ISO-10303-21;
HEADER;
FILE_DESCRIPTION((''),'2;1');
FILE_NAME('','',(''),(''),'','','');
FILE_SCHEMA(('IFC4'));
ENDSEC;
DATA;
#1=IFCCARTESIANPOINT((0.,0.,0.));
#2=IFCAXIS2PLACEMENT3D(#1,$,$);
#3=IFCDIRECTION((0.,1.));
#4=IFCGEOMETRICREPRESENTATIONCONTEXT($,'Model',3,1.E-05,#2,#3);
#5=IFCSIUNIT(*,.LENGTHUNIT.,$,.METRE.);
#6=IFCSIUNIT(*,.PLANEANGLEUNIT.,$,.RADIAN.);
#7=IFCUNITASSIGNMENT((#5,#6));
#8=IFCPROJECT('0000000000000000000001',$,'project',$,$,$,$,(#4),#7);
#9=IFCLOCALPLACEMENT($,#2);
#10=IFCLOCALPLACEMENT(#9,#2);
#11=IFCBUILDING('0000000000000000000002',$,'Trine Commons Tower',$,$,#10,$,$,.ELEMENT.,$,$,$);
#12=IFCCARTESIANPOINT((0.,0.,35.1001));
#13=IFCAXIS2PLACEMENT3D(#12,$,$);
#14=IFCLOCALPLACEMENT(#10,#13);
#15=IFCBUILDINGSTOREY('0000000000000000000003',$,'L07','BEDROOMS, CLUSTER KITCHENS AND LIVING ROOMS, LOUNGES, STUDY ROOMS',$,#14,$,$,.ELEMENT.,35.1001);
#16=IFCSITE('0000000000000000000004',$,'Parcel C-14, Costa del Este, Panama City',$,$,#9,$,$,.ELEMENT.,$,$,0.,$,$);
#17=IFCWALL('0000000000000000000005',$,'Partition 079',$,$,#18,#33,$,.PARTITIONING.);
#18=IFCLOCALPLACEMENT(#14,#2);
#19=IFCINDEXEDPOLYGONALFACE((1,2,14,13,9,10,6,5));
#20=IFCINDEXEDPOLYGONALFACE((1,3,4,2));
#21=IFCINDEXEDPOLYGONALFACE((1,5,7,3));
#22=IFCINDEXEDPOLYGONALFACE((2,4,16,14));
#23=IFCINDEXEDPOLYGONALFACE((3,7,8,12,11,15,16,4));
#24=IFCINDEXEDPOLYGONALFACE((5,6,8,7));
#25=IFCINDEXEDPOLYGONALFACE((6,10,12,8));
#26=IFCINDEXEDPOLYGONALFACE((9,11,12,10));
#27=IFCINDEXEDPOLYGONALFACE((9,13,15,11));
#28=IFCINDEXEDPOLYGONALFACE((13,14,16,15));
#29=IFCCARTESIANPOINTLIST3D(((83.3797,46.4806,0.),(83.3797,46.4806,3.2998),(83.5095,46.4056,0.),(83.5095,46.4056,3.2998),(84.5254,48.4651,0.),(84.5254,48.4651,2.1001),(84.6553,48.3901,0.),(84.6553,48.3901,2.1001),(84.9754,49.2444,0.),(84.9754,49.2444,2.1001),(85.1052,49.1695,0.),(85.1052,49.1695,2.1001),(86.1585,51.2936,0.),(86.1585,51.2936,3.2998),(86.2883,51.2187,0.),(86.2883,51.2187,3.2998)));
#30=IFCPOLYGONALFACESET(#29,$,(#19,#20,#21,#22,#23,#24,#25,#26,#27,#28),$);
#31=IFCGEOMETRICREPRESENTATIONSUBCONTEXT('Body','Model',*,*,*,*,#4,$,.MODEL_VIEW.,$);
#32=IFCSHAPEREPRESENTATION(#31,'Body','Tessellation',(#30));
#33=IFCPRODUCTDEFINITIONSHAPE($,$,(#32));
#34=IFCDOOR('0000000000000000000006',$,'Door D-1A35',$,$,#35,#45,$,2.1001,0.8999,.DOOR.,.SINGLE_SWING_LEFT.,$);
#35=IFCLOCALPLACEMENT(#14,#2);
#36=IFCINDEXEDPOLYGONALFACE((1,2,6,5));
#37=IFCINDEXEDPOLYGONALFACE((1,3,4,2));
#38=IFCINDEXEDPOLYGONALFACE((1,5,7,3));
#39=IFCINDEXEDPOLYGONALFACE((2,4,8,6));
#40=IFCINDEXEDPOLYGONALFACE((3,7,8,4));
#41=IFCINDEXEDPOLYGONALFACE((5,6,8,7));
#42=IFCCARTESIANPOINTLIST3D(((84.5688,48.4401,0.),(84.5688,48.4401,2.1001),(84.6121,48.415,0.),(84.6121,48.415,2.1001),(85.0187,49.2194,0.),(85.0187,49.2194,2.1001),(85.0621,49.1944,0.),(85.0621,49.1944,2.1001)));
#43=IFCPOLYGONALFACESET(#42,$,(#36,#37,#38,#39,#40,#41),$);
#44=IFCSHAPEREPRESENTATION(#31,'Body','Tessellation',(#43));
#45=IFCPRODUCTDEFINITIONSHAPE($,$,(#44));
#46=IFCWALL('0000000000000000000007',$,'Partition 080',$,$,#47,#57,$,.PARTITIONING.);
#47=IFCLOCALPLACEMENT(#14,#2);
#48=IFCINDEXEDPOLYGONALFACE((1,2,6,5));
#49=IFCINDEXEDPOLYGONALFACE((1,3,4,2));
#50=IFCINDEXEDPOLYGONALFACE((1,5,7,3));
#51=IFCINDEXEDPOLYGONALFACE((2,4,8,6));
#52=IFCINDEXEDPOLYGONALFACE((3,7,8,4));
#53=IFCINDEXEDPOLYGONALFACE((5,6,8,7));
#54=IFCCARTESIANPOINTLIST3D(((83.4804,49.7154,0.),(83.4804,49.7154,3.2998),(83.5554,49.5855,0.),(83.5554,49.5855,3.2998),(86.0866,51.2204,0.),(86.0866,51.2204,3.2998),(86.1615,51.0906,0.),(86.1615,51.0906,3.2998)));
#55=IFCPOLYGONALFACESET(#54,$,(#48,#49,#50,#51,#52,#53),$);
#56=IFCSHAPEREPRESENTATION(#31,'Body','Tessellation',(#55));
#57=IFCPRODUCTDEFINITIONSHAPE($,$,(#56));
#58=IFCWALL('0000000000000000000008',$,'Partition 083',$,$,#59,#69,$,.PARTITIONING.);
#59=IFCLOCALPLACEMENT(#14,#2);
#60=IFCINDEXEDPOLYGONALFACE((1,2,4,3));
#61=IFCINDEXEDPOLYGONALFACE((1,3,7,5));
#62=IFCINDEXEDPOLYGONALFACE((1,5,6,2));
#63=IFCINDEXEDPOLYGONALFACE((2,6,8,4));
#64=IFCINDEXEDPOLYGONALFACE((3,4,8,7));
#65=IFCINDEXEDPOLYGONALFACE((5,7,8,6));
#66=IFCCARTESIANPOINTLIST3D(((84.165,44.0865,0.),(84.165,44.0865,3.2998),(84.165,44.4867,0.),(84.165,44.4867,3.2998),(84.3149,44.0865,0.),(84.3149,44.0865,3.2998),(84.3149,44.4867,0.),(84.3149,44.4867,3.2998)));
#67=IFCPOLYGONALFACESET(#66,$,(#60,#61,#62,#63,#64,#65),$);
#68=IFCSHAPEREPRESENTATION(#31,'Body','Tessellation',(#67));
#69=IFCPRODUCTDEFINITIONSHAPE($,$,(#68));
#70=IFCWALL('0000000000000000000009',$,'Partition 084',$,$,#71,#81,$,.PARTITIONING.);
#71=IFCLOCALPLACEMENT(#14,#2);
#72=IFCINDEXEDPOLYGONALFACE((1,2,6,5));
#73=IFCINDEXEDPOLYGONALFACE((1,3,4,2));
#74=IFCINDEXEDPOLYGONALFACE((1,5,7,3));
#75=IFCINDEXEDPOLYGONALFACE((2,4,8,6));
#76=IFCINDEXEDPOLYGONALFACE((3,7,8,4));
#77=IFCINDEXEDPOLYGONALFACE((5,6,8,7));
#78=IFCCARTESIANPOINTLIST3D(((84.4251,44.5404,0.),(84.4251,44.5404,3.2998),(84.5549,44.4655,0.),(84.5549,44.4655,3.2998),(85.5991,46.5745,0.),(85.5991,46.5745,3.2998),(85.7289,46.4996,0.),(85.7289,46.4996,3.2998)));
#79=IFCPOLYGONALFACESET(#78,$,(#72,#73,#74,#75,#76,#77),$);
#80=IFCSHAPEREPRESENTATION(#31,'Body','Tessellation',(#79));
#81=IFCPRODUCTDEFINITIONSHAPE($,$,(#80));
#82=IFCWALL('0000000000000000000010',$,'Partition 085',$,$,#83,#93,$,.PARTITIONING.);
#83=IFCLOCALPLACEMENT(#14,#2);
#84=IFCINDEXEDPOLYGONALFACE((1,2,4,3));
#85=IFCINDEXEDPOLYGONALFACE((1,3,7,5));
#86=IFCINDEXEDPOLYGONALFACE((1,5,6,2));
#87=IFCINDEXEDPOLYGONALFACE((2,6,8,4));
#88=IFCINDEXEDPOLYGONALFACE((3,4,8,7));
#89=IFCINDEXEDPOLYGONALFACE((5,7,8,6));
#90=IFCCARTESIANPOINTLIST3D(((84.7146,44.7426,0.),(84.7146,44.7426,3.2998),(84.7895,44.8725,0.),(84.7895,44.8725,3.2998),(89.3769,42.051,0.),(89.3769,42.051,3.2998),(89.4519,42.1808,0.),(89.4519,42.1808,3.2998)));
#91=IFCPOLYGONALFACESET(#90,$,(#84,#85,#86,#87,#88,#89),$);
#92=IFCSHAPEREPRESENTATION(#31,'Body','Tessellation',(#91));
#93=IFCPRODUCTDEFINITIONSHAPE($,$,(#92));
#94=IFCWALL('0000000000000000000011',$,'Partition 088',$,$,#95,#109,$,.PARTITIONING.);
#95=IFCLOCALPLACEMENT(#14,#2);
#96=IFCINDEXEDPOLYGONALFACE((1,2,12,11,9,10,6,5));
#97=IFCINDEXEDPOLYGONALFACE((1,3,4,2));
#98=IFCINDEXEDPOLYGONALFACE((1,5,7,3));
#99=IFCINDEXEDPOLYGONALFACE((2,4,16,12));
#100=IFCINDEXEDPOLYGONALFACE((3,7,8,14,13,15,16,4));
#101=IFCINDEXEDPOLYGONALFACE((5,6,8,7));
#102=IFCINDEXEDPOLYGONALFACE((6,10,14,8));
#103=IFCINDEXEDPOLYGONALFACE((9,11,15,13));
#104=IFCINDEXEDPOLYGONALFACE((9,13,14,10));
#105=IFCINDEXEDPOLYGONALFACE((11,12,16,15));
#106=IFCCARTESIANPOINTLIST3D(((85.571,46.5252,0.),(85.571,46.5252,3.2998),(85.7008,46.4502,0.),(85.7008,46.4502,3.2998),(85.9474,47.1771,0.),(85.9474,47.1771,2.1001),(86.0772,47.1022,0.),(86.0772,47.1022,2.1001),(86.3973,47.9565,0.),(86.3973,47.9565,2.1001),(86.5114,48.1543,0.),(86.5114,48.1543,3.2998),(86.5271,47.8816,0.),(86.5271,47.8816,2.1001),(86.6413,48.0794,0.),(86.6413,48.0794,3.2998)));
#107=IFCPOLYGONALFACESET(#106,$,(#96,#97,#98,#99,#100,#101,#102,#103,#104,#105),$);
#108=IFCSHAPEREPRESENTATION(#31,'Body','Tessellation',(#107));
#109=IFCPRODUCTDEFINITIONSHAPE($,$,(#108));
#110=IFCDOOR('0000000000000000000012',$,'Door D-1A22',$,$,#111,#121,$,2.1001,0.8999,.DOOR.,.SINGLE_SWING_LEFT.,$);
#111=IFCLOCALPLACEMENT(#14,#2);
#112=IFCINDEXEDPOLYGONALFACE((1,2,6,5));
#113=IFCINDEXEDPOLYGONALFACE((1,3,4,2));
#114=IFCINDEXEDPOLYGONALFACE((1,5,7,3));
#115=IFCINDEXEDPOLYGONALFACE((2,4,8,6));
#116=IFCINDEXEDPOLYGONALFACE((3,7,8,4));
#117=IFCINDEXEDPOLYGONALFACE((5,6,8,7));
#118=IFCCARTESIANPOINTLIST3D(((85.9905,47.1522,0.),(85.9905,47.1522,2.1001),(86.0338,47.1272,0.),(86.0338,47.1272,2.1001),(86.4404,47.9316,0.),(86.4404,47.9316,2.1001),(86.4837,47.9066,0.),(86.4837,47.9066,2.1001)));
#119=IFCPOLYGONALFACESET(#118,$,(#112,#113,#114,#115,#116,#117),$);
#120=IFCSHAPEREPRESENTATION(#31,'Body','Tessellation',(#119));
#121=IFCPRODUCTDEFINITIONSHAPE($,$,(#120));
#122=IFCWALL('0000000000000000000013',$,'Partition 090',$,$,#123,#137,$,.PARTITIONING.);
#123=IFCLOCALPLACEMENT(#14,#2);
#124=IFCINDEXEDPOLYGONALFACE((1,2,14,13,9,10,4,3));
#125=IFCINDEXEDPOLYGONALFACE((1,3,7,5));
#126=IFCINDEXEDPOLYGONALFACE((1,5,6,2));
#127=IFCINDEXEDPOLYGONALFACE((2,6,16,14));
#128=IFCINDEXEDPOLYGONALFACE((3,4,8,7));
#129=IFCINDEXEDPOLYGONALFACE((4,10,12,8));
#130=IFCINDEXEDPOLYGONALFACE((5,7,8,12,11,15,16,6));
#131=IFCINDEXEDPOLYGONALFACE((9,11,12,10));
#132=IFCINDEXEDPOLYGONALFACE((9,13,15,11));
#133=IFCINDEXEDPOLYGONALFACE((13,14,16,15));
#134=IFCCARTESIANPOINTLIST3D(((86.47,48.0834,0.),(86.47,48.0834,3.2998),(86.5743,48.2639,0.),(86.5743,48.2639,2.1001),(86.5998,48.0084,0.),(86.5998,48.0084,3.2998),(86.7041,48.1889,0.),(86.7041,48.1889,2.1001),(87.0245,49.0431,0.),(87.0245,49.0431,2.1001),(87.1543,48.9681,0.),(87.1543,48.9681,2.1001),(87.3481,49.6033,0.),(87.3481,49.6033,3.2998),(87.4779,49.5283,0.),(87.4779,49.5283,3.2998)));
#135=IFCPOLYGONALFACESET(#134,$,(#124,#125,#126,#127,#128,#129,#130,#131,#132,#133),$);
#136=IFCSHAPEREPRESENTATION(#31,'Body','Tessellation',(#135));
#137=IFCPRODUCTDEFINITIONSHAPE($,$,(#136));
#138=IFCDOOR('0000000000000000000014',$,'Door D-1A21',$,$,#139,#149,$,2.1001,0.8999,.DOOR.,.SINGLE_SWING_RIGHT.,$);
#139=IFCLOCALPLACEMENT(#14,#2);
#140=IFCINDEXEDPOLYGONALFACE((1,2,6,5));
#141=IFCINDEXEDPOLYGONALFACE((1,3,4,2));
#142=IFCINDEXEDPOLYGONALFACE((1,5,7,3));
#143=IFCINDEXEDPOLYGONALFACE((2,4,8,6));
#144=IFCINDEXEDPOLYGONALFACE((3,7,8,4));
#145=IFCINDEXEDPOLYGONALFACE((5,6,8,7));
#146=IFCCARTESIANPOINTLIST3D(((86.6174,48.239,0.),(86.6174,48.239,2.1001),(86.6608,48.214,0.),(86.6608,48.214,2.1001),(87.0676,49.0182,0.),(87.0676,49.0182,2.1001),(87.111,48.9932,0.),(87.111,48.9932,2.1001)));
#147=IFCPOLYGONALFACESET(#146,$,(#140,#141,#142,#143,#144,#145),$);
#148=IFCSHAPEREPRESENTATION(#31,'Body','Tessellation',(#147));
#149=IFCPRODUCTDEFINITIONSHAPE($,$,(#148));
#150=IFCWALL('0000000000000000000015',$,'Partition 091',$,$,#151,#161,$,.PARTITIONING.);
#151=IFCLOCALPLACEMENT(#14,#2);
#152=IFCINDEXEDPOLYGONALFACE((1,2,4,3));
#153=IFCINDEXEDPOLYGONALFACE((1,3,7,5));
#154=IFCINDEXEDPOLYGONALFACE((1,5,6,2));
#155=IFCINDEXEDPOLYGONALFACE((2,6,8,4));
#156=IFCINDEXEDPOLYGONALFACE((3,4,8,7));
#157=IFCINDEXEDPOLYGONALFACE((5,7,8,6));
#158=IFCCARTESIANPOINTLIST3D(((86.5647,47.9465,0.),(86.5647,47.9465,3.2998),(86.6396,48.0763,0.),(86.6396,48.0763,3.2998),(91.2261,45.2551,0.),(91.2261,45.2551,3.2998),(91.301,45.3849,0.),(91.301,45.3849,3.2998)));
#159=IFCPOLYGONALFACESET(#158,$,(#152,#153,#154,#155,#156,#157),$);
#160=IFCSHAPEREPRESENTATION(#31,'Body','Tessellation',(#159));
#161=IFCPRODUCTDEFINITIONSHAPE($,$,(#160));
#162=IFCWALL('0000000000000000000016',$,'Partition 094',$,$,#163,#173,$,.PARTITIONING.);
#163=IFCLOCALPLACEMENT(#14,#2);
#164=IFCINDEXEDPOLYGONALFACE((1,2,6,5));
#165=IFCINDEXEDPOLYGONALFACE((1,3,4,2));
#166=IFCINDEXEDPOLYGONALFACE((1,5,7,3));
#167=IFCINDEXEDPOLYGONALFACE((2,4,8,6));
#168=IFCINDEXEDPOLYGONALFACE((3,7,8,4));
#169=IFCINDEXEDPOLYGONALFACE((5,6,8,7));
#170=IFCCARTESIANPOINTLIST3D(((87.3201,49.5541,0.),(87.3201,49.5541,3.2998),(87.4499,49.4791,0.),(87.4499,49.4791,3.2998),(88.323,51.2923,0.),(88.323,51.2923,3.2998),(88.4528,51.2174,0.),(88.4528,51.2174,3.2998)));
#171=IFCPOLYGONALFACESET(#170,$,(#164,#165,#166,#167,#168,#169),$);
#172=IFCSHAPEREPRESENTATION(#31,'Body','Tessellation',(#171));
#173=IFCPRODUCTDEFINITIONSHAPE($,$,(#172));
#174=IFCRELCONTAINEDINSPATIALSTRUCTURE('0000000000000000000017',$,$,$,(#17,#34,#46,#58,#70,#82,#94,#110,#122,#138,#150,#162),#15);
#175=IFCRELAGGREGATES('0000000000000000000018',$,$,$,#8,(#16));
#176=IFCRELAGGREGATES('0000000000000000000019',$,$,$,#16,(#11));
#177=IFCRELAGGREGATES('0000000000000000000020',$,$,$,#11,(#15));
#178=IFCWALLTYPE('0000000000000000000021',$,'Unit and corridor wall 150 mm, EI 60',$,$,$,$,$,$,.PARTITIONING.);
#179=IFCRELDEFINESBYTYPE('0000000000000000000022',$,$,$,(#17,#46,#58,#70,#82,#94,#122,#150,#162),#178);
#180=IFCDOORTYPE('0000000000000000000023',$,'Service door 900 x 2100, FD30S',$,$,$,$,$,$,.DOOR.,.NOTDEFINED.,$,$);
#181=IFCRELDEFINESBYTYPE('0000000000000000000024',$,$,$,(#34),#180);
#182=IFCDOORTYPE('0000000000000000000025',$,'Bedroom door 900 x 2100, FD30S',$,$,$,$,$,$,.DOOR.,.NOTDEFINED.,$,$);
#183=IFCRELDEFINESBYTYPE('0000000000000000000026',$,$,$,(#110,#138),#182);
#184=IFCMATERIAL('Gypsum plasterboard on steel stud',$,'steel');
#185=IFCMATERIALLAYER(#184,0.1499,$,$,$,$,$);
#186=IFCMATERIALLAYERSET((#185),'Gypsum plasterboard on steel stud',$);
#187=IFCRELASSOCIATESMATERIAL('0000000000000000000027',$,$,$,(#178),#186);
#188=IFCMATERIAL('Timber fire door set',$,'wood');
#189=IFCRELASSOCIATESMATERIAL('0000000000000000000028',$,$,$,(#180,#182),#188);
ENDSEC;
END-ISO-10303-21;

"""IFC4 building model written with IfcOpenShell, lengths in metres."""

from ifc_helpers import new_model, si_unit, direction, frame, frame_2d, origin, place, context, subcontext, project, spatial, rectangle, extrude, material, layer, layer_set, type_object, element, fill, save


model = new_model("IFC4")

# Units and contexts
model_context = context("Model", 3, precision=1e-05, world=origin(), true_north=direction((0.0, 1.0)))
body_context = subcontext(model_context, "Body", "Model", "MODEL_VIEW")
ifc_project = project(units=[si_unit("LENGTHUNIT", "METRE"), si_unit("PLANEANGLEUNIT", "RADIAN")], contexts=[model_context])

# Site, building, storey
site_placement = place(None, origin())
site = spatial("IfcSite", under=ifc_project, at=site_placement, Name="Parcel C-14, Costa del Este, Panama City", CompositionType="ELEMENT", RefElevation=0.0)
building_placement = place(site_placement, origin())
building = spatial("IfcBuilding", under=site, at=building_placement, Name="Trine Commons Tower", CompositionType="ELEMENT")
storey_placement = place(building_placement, frame((0.0, 0.0, 35.1001)))
storey = spatial("IfcBuildingStorey", under=building, at=storey_placement, Name="L07", Description="BEDROOMS, CLUSTER KITCHENS AND LIVING ROOMS, LOUNGES, STUDY ROOMS", CompositionType="ELEMENT", Elevation=35.1001)

# Shared definitions
ifc_material_1 = material(Name="Gypsum plasterboard on steel stud", Category="steel")
ifc_layer_1 = layer(ifc_material_1, 0.1499)
ifc_layer_set_1 = layer_set([ifc_layer_1], Name="Gypsum plasterboard on steel stud")
wall_type_1 = type_object("IfcWallType", Name="Unit and corridor wall 150 mm, EI 60", PredefinedType="PARTITIONING", material=ifc_layer_set_1)

# Wall, opening, door
wall_1_placement = place(storey_placement, frame((83.4446, 46.4431, 0.0), z_axis=(0.0, 0.0, 1.0), x_axis=(0.500004, 0.866023, 0.0)))
wall_1 = element("IfcWall", 1, at=wall_1_placement, inside=storey, type_object=wall_type_1, Name="Partition 079", PredefinedType="PARTITIONING", context=body_context, shape_type="SweptSolid", body=[
    extrude(rectangle(XDim=5.5576, YDim=0.1499, at=frame_2d((2.7788, 0.0))), origin(), (0.0, 0.0, 1.0), 3.2998),
])
opening_1_placement = place(wall_1_placement, frame((2.2915, 0.0, 0.0)))
opening_1 = element("IfcOpeningElement", 2, at=opening_1_placement, cuts=wall_1, PredefinedType="OPENING", context=body_context, shape_type="SweptSolid", body=[
    extrude(rectangle(XDim=0.8999, YDim=2.1001, at=frame_2d((0.45, 1.05))), frame((0.0, 0.085, 0.0), z_axis=(0.0, -1.0, 0.0), x_axis=(1.0, 0.0, 0.0)), (0.0, 0.0, 1.0), 0.1699),
])
ifc_material_2 = material(Name="Timber fire door set", Category="wood")
door_type_1 = type_object("IfcDoorType", Name="Service door 900 x 2100, FD30S", OperationType="NOTDEFINED", PredefinedType="DOOR", material=ifc_material_2)
door_1_placement = place(opening_1_placement, origin())
door_1 = element("IfcDoor", 3, at=door_1_placement, inside=storey, type_object=door_type_1, Name="Door D-1A35", OperationType="SINGLE_SWING_LEFT", OverallHeight=2.1001, OverallWidth=0.8999, PredefinedType="DOOR", context=body_context, shape_type="SweptSolid", body=[
    extrude(rectangle(XDim=0.8999, YDim=2.1001, at=frame_2d((0.45, 1.05))), frame((0.0, 0.0249, 0.0), z_axis=(0.0, -1.0, 0.0), x_axis=(1.0, 0.0, 0.0)), (0.0, 0.0, 1.0), 0.05),
])
fill(opening_1, door_1)

# Walls
wall_2_placement = place(storey_placement, frame((83.5178, 49.6504, 0.0), z_axis=(0.0, 0.0, 1.0), x_axis=(0.865963, 0.500109, 0.0)))
element("IfcWall", 4, at=wall_2_placement, inside=storey, type_object=wall_type_1, Name="Partition 080", PredefinedType="PARTITIONING", context=body_context, shape_type="SweptSolid", body=[
    extrude(rectangle(XDim=3.0095, YDim=0.1499, at=frame_2d((1.5049, 0.0))), origin(), (0.0, 0.0, 1.0), 3.2998),
])
wall_3_placement = place(storey_placement, frame((84.24, 44.0864, 0.0), z_axis=(0.0, 0.0, 1.0), x_axis=(0.0, 1.0, 0.0)))
element("IfcWall", 5, at=wall_3_placement, inside=storey, type_object=wall_type_1, Name="Partition 083", PredefinedType="PARTITIONING", context=body_context, shape_type="SweptSolid", body=[
    extrude(rectangle(XDim=0.4001, YDim=0.1499, at=frame_2d((0.2002, 0.0))), origin(), (0.0, 0.0, 1.0), 3.2998),
])
wall_4_placement = place(storey_placement, frame((84.49, 44.5029, 0.0), z_axis=(0.0, 0.0, 1.0), x_axis=(0.499884, 0.866092, 0.0)))
element("IfcWall", 6, at=wall_4_placement, inside=storey, type_object=wall_type_1, Name="Partition 084", PredefinedType="PARTITIONING", context=body_context, shape_type="SweptSolid", body=[
    extrude(rectangle(XDim=2.3486, YDim=0.1499, at=frame_2d((1.1743, 0.0))), origin(), (0.0, 0.0, 1.0), 3.2998),
])
wall_5_placement = place(storey_placement, frame((84.752, 44.8076, 0.0), z_axis=(0.0, 0.0, 1.0), x_axis=(0.866038, -0.499978, 0.0)))
element("IfcWall", 7, at=wall_5_placement, inside=storey, type_object=wall_type_1, Name="Partition 085", PredefinedType="PARTITIONING", context=body_context, shape_type="SweptSolid", body=[
    extrude(rectangle(XDim=5.3835, YDim=0.1499, at=frame_2d((2.6919, 0.0))), origin(), (0.0, 0.0, 1.0), 3.2998),
])

# Walls, openings, doors
wall_6_placement = place(storey_placement, frame((85.636, 46.4878, 0.0), z_axis=(0.0, 0.0, 1.0), x_axis=(0.499936, 0.866062, 0.0)))
wall_6 = element("IfcWall", 8, at=wall_6_placement, inside=storey, type_object=wall_type_1, Name="Partition 088", PredefinedType="PARTITIONING", context=body_context, shape_type="SweptSolid", body=[
    extrude(rectangle(XDim=1.8811, YDim=0.1499, at=frame_2d((0.9404, 0.0))), origin(), (0.0, 0.0, 1.0), 3.2998),
])
opening_2_placement = place(wall_6_placement, frame((0.7527, 0.0, 0.0)))
opening_2 = element("IfcOpeningElement", 9, at=opening_2_placement, cuts=wall_6, PredefinedType="OPENING", context=body_context, shape_type="SweptSolid", body=[
    extrude(rectangle(XDim=0.8999, YDim=2.1001, at=frame_2d((0.45, 1.05))), frame((0.0, 0.085, 0.0), z_axis=(0.0, -1.0, 0.0), x_axis=(1.0, 0.0, 0.0)), (0.0, 0.0, 1.0), 0.1699),
])
door_type_2 = type_object("IfcDoorType", Name="Bedroom door 900 x 2100, FD30S", OperationType="NOTDEFINED", PredefinedType="DOOR", material=ifc_material_2)
door_2_placement = place(opening_2_placement, frame((0.8999, 0.0, 0.0), z_axis=(0.0, 0.0, 1.0), x_axis=(-1.0, 0.0, 0.0)))
door_2 = element("IfcDoor", 10, at=door_2_placement, inside=storey, type_object=door_type_2, Name="Door D-1A22", OperationType="SINGLE_SWING_LEFT", OverallHeight=2.1001, OverallWidth=0.8999, PredefinedType="DOOR", context=body_context, shape_type="SweptSolid", body=[
    extrude(rectangle(XDim=0.8999, YDim=2.1001, at=frame_2d((0.45, 1.05))), frame((0.0, 0.0249, 0.0), z_axis=(0.0, -1.0, 0.0), x_axis=(1.0, 0.0, 0.0)), (0.0, 0.0, 1.0), 0.05),
])
fill(opening_2, door_2)
wall_7_placement = place(storey_placement, frame((86.5349, 48.0459, 0.0), z_axis=(0.0, 0.0, 1.0), x_axis=(0.500252, 0.86588, 0.0)))
wall_7 = element("IfcWall", 11, at=wall_7_placement, inside=storey, type_object=wall_type_1, Name="Partition 090", PredefinedType="PARTITIONING", context=body_context, shape_type="SweptSolid", body=[
    extrude(rectangle(XDim=1.7554, YDim=0.1499, at=frame_2d((0.8777, 0.0))), origin(), (0.0, 0.0, 1.0), 3.2998),
])
opening_3_placement = place(wall_7_placement, frame((0.2085, 0.0, 0.0)))
opening_3 = element("IfcOpeningElement", 12, at=opening_3_placement, cuts=wall_7, PredefinedType="OPENING", context=body_context, shape_type="SweptSolid", body=[
    extrude(rectangle(XDim=0.8999, YDim=2.1001, at=frame_2d((0.45, 1.05))), frame((0.0, 0.085, 0.0), z_axis=(0.0, -1.0, 0.0), x_axis=(1.0, 0.0, 0.0)), (0.0, 0.0, 1.0), 0.1699),
])
door_3_placement = place(opening_3_placement, frame((0.8999, 0.0, 0.0), z_axis=(0.0, 0.0, 1.0), x_axis=(-1.0, 0.0, 0.0)))
door_3 = element("IfcDoor", 13, at=door_3_placement, inside=storey, type_object=door_type_2, Name="Door D-1A21", OperationType="SINGLE_SWING_RIGHT", OverallHeight=2.1001, OverallWidth=0.8999, PredefinedType="DOOR", context=body_context, shape_type="SweptSolid", body=[
    extrude(rectangle(XDim=0.8999, YDim=2.1001, at=frame_2d((0.45, 1.05))), frame((0.0, 0.0249, 0.0), z_axis=(0.0, -1.0, 0.0), x_axis=(1.0, 0.0, 0.0)), (0.0, 0.0, 1.0), 0.05),
])
fill(opening_3, door_3)

# Walls
wall_8_placement = place(storey_placement, frame((86.6021, 48.0115, 0.0), z_axis=(0.0, 0.0, 1.0), x_axis=(0.866013, -0.500022, 0.0)))
element("IfcWall", 14, at=wall_8_placement, inside=storey, type_object=wall_type_1, Name="Partition 091", PredefinedType="PARTITIONING", context=body_context, shape_type="SweptSolid", body=[
    extrude(rectangle(XDim=5.3826, YDim=0.1499, at=frame_2d((2.6914, 0.0))), origin(), (0.0, 0.0, 1.0), 3.2998),
])
wall_9_placement = place(storey_placement, frame((87.385, 49.5166, 0.0), z_axis=(0.0, 0.0, 1.0), x_axis=(0.499751, 0.866169, 0.0)))
element("IfcWall", 15, at=wall_9_placement, inside=storey, type_object=wall_type_1, Name="Partition 094", PredefinedType="PARTITIONING", context=body_context, shape_type="SweptSolid", body=[
    extrude(rectangle(XDim=2.0068, YDim=0.1499, at=frame_2d((1.0034, 0.0))), origin(), (0.0, 0.0, 1.0), 3.2998),
])

save(model, "model.ifc")
